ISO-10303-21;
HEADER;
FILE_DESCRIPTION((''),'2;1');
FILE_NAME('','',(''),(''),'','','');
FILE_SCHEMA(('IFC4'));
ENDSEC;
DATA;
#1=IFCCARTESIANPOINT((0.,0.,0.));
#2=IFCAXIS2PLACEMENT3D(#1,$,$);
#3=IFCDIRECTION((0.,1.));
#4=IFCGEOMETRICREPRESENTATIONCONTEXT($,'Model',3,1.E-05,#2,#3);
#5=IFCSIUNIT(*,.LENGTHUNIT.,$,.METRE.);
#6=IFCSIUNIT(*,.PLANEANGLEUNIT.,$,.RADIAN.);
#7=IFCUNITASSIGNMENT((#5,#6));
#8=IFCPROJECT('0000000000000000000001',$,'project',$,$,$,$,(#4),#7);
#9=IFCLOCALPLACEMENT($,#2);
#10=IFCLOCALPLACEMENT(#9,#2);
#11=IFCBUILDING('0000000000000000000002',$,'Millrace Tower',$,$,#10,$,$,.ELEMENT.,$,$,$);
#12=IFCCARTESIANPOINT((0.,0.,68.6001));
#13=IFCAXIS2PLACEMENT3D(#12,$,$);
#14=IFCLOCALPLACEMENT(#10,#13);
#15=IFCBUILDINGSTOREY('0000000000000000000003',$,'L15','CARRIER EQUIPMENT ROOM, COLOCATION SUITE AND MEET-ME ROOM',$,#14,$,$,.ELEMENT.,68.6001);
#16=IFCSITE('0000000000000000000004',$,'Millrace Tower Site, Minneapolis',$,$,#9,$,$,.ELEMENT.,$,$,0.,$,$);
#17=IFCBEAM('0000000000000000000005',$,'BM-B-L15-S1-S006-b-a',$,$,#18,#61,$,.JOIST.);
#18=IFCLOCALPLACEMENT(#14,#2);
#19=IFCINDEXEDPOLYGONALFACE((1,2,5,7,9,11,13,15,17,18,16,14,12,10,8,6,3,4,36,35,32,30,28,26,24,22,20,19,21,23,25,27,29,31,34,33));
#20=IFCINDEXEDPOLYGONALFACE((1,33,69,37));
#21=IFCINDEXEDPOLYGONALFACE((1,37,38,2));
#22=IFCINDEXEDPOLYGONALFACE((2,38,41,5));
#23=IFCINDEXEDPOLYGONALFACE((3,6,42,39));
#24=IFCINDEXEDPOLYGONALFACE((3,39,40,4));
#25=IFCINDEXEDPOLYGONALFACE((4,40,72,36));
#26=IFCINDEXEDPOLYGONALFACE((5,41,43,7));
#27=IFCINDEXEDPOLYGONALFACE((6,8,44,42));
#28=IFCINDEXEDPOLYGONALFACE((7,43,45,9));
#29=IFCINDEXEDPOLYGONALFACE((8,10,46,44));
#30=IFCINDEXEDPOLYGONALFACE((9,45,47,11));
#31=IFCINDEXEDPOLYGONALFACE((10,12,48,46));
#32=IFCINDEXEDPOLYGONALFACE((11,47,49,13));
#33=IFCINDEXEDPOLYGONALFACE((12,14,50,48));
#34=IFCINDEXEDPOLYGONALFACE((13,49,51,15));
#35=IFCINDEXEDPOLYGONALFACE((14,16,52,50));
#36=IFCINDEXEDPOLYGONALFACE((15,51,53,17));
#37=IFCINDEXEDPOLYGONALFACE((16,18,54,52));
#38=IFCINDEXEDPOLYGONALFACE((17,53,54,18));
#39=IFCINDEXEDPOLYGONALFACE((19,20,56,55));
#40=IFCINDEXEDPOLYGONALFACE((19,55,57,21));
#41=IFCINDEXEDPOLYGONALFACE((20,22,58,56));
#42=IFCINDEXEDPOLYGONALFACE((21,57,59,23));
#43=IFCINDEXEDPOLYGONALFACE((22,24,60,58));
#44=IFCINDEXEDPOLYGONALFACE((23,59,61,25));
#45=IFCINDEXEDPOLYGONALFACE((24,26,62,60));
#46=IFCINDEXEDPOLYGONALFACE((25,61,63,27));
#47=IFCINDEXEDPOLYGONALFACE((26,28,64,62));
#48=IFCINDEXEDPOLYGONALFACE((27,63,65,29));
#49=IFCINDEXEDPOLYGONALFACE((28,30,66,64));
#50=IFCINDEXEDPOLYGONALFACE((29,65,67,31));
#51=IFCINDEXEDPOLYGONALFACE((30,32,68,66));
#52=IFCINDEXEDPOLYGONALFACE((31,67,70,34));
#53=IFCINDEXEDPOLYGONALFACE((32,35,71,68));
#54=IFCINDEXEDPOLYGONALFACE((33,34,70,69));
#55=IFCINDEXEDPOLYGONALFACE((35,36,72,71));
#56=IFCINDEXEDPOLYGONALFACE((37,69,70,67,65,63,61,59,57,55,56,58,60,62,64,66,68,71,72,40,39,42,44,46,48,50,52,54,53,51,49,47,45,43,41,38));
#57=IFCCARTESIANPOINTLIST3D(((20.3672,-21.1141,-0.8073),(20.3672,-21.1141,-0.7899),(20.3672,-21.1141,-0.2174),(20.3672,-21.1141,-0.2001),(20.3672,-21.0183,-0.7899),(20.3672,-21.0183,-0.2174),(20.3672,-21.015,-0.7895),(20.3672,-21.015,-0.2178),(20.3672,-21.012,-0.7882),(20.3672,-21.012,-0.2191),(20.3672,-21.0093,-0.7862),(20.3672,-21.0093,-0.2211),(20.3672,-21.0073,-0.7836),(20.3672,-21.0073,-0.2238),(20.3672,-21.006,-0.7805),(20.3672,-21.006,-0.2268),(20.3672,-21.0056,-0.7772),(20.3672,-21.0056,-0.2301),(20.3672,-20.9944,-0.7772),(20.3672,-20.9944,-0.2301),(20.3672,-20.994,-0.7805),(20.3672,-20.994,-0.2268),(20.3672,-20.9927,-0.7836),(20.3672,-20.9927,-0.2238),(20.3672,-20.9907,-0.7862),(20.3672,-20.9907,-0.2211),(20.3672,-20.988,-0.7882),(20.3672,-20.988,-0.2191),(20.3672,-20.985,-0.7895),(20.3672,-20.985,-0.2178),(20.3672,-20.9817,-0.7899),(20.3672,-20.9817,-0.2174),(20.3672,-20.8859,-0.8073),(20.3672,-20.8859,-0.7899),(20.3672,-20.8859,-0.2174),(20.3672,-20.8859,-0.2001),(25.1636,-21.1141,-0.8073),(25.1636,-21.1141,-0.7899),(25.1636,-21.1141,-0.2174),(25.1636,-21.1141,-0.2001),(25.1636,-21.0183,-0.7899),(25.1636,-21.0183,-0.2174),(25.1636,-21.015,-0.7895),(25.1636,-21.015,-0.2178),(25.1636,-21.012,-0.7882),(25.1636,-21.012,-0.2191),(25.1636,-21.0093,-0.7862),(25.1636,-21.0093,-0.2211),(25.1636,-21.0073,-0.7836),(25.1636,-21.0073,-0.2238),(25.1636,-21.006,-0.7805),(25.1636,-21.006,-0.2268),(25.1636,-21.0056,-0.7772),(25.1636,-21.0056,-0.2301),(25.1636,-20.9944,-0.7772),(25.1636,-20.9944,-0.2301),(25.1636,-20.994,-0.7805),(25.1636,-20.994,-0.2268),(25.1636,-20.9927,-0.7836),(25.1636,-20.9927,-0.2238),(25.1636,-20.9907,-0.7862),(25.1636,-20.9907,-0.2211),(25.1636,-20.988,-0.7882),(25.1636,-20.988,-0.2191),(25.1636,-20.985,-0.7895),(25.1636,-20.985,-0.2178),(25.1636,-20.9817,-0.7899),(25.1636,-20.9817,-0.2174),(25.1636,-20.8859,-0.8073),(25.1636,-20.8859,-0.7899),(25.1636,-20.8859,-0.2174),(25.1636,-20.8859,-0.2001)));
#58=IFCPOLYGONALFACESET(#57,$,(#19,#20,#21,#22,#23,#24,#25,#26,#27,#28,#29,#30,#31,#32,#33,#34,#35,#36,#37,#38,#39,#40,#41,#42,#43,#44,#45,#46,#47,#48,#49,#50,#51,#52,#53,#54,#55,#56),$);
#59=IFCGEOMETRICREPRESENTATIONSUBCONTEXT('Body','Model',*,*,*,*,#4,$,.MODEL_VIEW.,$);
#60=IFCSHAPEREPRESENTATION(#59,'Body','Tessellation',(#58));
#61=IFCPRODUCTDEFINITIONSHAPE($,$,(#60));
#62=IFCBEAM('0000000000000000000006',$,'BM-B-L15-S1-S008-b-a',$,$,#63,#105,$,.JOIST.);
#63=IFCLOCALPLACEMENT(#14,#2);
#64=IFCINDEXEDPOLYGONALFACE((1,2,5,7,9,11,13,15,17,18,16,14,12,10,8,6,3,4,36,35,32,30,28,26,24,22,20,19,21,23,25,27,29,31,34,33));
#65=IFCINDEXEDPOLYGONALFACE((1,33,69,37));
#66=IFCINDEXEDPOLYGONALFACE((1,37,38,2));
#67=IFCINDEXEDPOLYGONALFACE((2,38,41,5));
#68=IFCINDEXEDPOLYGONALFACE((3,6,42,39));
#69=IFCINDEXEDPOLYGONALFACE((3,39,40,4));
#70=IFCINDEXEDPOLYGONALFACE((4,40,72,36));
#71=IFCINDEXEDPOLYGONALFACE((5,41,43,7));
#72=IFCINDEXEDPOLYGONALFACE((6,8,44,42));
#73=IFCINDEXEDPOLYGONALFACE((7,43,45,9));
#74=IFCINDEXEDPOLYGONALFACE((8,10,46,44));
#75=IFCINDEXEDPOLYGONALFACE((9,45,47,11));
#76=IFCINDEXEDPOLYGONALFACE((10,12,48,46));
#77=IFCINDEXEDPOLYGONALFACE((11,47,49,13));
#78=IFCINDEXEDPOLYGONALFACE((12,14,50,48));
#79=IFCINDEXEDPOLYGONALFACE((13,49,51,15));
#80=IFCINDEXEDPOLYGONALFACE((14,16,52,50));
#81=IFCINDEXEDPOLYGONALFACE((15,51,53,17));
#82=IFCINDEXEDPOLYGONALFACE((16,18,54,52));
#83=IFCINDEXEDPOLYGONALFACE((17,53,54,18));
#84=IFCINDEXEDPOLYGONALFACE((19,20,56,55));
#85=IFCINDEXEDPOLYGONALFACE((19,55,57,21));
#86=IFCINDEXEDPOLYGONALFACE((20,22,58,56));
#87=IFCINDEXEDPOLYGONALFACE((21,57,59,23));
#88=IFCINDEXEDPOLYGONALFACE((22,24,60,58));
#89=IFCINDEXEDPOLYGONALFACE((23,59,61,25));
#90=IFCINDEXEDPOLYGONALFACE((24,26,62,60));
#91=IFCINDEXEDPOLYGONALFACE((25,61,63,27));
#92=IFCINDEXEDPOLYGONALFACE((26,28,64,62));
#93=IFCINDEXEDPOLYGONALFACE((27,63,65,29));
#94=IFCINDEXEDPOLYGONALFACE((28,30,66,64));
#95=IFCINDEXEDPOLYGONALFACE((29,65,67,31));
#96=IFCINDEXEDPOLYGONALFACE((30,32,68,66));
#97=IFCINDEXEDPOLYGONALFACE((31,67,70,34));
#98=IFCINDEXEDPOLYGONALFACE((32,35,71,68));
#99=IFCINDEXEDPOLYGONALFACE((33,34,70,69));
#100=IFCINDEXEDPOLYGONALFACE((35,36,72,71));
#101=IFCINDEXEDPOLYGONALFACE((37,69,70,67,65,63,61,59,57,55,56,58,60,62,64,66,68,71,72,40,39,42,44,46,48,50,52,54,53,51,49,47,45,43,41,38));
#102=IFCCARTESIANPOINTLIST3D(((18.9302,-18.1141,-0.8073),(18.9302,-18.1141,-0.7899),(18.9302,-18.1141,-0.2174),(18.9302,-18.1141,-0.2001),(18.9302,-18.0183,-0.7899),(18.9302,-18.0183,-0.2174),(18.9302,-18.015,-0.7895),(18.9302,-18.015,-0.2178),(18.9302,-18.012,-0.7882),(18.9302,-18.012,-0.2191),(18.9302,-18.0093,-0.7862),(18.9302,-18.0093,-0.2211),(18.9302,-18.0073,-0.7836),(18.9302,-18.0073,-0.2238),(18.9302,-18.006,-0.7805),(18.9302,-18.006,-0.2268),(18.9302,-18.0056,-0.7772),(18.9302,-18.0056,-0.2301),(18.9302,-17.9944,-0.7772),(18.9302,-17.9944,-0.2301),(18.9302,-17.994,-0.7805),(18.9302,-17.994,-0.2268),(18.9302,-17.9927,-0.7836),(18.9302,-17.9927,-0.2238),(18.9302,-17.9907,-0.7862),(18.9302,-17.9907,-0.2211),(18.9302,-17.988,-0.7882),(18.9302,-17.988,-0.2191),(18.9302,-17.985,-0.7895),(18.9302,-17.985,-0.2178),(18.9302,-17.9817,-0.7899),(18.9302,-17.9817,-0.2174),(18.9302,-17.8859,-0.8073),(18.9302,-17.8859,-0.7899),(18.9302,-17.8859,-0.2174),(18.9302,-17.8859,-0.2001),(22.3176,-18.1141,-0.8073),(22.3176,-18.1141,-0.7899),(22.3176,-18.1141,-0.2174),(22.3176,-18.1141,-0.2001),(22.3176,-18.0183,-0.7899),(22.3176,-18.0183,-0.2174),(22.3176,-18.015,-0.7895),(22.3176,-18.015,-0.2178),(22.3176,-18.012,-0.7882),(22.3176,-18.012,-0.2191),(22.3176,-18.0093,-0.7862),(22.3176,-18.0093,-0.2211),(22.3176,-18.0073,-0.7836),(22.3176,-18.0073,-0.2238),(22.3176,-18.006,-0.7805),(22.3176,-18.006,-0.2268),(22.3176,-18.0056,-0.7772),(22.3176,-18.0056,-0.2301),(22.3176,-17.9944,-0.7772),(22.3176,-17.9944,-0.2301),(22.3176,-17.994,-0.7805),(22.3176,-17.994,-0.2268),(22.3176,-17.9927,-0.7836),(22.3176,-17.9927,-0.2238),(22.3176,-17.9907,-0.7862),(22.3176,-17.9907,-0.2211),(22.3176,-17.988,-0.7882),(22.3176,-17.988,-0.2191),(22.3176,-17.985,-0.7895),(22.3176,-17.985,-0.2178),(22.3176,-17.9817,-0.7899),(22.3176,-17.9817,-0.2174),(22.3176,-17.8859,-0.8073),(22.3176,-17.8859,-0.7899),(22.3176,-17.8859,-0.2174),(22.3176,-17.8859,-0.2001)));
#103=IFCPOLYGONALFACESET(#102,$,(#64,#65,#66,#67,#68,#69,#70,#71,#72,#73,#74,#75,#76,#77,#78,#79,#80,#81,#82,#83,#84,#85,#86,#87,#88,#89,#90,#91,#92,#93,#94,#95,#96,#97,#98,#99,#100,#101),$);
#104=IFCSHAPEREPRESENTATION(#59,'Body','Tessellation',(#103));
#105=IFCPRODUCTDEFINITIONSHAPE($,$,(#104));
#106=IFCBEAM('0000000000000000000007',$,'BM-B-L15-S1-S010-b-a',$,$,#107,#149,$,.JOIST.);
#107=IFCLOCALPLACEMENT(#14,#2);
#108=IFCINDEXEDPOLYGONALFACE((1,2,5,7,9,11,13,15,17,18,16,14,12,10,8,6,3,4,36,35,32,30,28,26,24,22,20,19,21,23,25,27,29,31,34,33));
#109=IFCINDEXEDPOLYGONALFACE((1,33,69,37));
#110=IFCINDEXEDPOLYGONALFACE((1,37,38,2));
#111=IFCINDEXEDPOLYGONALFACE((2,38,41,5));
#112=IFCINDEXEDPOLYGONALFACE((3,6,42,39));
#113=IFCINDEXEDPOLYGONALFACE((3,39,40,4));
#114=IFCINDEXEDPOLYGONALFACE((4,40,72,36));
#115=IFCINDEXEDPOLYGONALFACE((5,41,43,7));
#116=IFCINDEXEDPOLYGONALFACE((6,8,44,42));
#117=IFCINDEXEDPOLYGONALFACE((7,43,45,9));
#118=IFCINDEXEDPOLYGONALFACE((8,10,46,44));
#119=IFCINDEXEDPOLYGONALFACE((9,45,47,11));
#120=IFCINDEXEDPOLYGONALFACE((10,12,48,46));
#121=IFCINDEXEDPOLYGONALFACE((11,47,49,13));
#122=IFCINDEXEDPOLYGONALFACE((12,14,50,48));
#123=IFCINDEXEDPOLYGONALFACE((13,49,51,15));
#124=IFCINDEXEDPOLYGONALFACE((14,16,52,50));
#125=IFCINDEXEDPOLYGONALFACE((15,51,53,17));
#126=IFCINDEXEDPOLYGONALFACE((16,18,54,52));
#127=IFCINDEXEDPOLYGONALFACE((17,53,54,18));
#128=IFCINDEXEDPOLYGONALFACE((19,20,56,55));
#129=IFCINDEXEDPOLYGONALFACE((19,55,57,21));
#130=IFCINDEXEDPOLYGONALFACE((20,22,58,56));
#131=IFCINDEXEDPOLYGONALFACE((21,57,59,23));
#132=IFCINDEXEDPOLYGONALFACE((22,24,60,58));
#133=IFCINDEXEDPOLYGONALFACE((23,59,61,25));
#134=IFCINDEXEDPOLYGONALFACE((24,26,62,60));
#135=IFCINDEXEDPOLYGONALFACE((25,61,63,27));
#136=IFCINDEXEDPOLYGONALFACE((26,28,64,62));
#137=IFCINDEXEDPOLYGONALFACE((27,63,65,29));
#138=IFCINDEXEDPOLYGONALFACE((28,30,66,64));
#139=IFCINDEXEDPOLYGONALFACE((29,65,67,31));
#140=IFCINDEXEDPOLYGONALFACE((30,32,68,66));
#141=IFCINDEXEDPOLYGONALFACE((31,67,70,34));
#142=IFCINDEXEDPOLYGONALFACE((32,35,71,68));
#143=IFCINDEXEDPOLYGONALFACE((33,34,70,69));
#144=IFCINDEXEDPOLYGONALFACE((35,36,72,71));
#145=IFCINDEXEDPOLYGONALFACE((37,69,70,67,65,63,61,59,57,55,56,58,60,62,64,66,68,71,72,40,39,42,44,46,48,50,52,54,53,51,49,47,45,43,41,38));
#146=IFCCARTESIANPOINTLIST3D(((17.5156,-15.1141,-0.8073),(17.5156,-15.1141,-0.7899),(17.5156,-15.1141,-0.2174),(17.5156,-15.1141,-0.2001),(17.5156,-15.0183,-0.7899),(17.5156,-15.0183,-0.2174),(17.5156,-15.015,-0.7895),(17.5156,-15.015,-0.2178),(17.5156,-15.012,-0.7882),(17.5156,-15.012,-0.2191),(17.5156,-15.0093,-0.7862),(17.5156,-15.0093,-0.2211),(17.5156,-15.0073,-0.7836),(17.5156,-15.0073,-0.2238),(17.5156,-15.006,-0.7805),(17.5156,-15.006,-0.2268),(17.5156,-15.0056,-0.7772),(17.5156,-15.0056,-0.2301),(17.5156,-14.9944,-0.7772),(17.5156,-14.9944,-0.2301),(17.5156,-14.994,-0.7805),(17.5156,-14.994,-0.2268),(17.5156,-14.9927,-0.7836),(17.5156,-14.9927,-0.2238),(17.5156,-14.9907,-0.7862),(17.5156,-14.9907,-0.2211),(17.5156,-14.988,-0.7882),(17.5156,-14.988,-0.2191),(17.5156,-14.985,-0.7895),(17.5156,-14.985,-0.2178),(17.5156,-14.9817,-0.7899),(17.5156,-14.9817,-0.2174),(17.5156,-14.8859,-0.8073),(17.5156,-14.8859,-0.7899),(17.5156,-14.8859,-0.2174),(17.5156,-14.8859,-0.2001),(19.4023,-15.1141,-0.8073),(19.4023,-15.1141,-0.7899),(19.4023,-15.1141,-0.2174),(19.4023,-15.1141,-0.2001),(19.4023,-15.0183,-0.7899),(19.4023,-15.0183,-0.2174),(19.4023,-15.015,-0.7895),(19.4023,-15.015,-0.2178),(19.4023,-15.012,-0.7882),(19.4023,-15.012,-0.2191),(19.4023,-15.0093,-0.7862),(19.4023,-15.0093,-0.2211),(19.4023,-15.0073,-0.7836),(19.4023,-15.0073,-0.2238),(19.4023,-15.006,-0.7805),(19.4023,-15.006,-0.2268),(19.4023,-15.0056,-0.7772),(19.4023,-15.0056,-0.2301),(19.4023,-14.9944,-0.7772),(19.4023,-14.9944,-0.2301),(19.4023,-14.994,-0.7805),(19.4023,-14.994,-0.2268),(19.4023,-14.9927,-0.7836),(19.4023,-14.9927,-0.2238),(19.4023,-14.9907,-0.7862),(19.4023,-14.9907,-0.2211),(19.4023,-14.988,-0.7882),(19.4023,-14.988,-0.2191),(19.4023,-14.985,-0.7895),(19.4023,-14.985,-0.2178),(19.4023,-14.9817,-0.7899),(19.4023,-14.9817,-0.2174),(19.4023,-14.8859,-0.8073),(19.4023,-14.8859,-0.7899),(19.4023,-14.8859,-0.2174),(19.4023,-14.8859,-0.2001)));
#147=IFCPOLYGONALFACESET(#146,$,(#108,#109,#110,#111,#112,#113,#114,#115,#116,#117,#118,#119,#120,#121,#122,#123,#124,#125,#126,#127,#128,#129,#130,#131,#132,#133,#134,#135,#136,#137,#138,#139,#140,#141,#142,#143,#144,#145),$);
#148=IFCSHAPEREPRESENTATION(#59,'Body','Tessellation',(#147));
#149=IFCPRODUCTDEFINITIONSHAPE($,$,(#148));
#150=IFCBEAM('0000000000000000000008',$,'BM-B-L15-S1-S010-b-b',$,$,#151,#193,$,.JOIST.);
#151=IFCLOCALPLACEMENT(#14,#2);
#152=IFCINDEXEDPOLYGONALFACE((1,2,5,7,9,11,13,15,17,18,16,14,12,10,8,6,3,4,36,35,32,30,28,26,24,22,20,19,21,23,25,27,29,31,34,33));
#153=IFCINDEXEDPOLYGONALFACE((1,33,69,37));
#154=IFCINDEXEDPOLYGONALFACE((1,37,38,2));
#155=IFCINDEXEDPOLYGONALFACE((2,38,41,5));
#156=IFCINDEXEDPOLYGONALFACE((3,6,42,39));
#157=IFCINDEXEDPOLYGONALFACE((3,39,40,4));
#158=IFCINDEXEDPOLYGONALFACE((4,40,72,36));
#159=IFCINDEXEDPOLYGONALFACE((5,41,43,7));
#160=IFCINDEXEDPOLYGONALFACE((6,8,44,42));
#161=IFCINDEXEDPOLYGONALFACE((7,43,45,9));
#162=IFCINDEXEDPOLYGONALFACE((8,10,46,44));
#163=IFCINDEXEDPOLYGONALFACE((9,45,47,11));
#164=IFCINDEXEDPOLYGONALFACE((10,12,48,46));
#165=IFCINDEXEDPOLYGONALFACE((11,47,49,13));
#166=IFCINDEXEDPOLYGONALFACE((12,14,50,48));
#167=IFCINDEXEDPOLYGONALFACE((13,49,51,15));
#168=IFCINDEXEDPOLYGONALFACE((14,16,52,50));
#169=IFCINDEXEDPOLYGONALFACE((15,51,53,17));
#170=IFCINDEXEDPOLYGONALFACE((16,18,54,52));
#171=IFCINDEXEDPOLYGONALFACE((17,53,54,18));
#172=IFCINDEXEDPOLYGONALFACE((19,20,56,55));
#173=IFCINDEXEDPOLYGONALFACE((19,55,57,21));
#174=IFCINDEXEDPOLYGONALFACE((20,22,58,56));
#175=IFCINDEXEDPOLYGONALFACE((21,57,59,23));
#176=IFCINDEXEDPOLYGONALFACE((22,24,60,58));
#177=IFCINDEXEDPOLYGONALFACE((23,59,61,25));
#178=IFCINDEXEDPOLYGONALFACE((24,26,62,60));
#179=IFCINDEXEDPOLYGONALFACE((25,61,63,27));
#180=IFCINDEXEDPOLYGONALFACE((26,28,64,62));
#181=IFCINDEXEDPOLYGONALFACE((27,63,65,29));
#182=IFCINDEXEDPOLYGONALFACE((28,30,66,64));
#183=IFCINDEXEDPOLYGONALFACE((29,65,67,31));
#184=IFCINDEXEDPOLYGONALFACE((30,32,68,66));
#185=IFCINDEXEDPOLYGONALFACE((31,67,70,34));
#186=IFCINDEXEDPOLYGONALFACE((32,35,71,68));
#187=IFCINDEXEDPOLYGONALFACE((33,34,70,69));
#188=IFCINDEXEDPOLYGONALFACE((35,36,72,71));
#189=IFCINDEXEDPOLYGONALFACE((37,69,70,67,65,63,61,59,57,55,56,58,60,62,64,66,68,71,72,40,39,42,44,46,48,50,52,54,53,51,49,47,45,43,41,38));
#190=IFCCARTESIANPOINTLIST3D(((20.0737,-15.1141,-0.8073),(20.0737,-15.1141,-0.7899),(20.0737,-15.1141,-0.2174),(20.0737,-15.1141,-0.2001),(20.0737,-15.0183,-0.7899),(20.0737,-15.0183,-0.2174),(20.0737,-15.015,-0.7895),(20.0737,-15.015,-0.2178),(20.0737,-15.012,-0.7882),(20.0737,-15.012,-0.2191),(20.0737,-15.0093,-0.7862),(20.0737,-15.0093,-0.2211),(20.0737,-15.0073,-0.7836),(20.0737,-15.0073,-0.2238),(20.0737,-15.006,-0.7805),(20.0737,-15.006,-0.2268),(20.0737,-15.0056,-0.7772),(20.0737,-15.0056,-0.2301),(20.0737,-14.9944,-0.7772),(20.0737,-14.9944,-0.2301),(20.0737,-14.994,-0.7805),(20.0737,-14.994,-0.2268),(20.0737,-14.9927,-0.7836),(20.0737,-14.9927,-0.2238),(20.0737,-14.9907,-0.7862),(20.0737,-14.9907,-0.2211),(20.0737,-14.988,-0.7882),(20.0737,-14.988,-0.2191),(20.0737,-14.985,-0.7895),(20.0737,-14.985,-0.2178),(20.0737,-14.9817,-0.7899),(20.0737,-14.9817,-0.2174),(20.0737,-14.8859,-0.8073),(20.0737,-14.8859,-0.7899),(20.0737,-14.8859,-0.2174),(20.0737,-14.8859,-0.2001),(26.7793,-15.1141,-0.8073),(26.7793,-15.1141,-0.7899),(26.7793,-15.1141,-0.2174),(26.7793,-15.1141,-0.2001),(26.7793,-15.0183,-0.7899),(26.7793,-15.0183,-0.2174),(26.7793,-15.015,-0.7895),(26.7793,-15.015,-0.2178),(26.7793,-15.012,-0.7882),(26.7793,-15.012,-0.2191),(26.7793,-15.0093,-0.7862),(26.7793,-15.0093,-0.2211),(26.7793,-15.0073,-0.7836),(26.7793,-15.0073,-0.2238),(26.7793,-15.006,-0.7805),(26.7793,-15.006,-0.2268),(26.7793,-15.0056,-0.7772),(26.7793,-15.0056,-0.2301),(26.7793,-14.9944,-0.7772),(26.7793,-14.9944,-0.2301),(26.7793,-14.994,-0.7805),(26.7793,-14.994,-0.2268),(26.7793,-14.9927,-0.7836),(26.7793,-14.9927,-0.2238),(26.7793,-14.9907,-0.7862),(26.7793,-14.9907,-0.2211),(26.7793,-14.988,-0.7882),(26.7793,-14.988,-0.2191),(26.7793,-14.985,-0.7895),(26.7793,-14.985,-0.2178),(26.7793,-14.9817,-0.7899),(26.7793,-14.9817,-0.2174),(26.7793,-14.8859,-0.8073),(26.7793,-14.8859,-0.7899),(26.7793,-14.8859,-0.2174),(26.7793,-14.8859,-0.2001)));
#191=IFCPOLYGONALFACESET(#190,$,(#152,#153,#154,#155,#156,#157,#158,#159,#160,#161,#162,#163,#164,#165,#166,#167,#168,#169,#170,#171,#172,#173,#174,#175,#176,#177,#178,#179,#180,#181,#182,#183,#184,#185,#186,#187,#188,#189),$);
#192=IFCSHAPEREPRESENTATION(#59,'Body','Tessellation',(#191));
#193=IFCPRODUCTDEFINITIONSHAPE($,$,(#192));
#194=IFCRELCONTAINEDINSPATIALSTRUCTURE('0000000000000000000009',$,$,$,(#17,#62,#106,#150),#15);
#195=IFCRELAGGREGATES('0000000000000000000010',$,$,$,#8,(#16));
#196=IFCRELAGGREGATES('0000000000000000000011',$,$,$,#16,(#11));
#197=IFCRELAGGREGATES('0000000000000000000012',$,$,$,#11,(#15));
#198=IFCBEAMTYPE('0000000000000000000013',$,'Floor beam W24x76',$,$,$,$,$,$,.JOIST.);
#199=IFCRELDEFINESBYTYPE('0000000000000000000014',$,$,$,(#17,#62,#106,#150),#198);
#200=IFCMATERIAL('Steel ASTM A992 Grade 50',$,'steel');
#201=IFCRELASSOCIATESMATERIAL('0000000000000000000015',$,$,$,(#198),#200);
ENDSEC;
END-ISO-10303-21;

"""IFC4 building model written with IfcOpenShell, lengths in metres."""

from ifc_helpers import new_model, si_unit, direction, frame, origin, origin_2d, place, context, subcontext, project, spatial, i_section, extrude, material, material_profile, profile_set, type_object, element, save


model = new_model("IFC4")

# Units and contexts
model_context = context("Model", 3, precision=1e-05, world=origin(), true_north=direction((0.0, 1.0)))
body_context = subcontext(model_context, "Body", "Model", "MODEL_VIEW")
ifc_project = project(units=[si_unit("LENGTHUNIT", "METRE"), si_unit("PLANEANGLEUNIT", "RADIAN")], contexts=[model_context])

# Site, building, storey
site_placement = place(None, origin())
site = spatial("IfcSite", under=ifc_project, at=site_placement, Name="Millrace Tower Site, Minneapolis", CompositionType="ELEMENT", RefElevation=0.0)
building_placement = place(site_placement, origin())
building = spatial("IfcBuilding", under=site, at=building_placement, Name="Millrace Tower", CompositionType="ELEMENT")
storey_placement = place(building_placement, frame((0.0, 0.0, 68.6001)))
storey = spatial("IfcBuildingStorey", under=building, at=storey_placement, Name="L15", Description="CARRIER EQUIPMENT ROOM, COLOCATION SUITE AND MEET-ME ROOM", CompositionType="ELEMENT", Elevation=68.6001)

# Beams
ifc_material_1 = material(Name="Steel ASTM A992 Grade 50", Category="steel")
ifc_material_profile_1 = material_profile(ifc_material_1, i_section(OverallWidth=0.2283, OverallDepth=0.6072, WebThickness=0.0112, FlangeThickness=0.0173, FilletRadius=0.0127, at=origin_2d()))
ifc_profile_set_1 = profile_set([ifc_material_profile_1], Name="Steel ASTM A992 Grade 50")
beam_type_1 = type_object("IfcBeamType", Name="Floor beam W24x76", PredefinedType="JOIST", material=ifc_profile_set_1)
beam_1_placement = place(storey_placement, frame((20.3672, -21.0, -0.5037), z_axis=(1.0, 0.0, 0.0), x_axis=(0.0, 1.0, 0.0)))
element("IfcBeam", 1, at=beam_1_placement, inside=storey, type_object=beam_type_1, Name="BM-B-L15-S1-S006-b-a", PredefinedType="JOIST", context=body_context, shape_type="SweptSolid", body=[
    extrude(i_section(OverallWidth=0.2283, OverallDepth=0.6072, WebThickness=0.0112, FlangeThickness=0.0173, FilletRadius=0.0127, at=origin_2d()), origin(), (0.0, 0.0, 1.0), 4.7964),
])
beam_2_placement = place(storey_placement, frame((18.9302, -18.0, -0.5037), z_axis=(1.0, 0.0, 0.0), x_axis=(0.0, 1.0, 0.0)))
element("IfcBeam", 2, at=beam_2_placement, inside=storey, type_object=beam_type_1, Name="BM-B-L15-S1-S008-b-a", PredefinedType="JOIST", context=body_context, shape_type="SweptSolid", body=[
    extrude(i_section(OverallWidth=0.2283, OverallDepth=0.6072, WebThickness=0.0112, FlangeThickness=0.0173, FilletRadius=0.0127, at=origin_2d()), origin(), (0.0, 0.0, 1.0), 3.3875),
])
beam_3_placement = place(storey_placement, frame((17.5156, -15.0, -0.5037), z_axis=(1.0, 0.0, 0.0), x_axis=(0.0, 1.0, 0.0)))
element("IfcBeam", 3, at=beam_3_placement, inside=storey, type_object=beam_type_1, Name="BM-B-L15-S1-S010-b-a", PredefinedType="JOIST", context=body_context, shape_type="SweptSolid", body=[
    extrude(i_section(OverallWidth=0.2283, OverallDepth=0.6072, WebThickness=0.0112, FlangeThickness=0.0173, FilletRadius=0.0127, at=origin_2d()), origin(), (0.0, 0.0, 1.0), 1.8867),
])
beam_4_placement = place(storey_placement, frame((20.0737, -15.0, -0.5037), z_axis=(1.0, 0.0, 0.0), x_axis=(0.0, 1.0, 0.0)))
element("IfcBeam", 4, at=beam_4_placement, inside=storey, type_object=beam_type_1, Name="BM-B-L15-S1-S010-b-b", PredefinedType="JOIST", context=body_context, shape_type="SweptSolid", body=[
    extrude(i_section(OverallWidth=0.2283, OverallDepth=0.6072, WebThickness=0.0112, FlangeThickness=0.0173, FilletRadius=0.0127, at=origin_2d()), origin(), (0.0, 0.0, 1.0), 6.7056),
])

save(model, "model.ifc")
